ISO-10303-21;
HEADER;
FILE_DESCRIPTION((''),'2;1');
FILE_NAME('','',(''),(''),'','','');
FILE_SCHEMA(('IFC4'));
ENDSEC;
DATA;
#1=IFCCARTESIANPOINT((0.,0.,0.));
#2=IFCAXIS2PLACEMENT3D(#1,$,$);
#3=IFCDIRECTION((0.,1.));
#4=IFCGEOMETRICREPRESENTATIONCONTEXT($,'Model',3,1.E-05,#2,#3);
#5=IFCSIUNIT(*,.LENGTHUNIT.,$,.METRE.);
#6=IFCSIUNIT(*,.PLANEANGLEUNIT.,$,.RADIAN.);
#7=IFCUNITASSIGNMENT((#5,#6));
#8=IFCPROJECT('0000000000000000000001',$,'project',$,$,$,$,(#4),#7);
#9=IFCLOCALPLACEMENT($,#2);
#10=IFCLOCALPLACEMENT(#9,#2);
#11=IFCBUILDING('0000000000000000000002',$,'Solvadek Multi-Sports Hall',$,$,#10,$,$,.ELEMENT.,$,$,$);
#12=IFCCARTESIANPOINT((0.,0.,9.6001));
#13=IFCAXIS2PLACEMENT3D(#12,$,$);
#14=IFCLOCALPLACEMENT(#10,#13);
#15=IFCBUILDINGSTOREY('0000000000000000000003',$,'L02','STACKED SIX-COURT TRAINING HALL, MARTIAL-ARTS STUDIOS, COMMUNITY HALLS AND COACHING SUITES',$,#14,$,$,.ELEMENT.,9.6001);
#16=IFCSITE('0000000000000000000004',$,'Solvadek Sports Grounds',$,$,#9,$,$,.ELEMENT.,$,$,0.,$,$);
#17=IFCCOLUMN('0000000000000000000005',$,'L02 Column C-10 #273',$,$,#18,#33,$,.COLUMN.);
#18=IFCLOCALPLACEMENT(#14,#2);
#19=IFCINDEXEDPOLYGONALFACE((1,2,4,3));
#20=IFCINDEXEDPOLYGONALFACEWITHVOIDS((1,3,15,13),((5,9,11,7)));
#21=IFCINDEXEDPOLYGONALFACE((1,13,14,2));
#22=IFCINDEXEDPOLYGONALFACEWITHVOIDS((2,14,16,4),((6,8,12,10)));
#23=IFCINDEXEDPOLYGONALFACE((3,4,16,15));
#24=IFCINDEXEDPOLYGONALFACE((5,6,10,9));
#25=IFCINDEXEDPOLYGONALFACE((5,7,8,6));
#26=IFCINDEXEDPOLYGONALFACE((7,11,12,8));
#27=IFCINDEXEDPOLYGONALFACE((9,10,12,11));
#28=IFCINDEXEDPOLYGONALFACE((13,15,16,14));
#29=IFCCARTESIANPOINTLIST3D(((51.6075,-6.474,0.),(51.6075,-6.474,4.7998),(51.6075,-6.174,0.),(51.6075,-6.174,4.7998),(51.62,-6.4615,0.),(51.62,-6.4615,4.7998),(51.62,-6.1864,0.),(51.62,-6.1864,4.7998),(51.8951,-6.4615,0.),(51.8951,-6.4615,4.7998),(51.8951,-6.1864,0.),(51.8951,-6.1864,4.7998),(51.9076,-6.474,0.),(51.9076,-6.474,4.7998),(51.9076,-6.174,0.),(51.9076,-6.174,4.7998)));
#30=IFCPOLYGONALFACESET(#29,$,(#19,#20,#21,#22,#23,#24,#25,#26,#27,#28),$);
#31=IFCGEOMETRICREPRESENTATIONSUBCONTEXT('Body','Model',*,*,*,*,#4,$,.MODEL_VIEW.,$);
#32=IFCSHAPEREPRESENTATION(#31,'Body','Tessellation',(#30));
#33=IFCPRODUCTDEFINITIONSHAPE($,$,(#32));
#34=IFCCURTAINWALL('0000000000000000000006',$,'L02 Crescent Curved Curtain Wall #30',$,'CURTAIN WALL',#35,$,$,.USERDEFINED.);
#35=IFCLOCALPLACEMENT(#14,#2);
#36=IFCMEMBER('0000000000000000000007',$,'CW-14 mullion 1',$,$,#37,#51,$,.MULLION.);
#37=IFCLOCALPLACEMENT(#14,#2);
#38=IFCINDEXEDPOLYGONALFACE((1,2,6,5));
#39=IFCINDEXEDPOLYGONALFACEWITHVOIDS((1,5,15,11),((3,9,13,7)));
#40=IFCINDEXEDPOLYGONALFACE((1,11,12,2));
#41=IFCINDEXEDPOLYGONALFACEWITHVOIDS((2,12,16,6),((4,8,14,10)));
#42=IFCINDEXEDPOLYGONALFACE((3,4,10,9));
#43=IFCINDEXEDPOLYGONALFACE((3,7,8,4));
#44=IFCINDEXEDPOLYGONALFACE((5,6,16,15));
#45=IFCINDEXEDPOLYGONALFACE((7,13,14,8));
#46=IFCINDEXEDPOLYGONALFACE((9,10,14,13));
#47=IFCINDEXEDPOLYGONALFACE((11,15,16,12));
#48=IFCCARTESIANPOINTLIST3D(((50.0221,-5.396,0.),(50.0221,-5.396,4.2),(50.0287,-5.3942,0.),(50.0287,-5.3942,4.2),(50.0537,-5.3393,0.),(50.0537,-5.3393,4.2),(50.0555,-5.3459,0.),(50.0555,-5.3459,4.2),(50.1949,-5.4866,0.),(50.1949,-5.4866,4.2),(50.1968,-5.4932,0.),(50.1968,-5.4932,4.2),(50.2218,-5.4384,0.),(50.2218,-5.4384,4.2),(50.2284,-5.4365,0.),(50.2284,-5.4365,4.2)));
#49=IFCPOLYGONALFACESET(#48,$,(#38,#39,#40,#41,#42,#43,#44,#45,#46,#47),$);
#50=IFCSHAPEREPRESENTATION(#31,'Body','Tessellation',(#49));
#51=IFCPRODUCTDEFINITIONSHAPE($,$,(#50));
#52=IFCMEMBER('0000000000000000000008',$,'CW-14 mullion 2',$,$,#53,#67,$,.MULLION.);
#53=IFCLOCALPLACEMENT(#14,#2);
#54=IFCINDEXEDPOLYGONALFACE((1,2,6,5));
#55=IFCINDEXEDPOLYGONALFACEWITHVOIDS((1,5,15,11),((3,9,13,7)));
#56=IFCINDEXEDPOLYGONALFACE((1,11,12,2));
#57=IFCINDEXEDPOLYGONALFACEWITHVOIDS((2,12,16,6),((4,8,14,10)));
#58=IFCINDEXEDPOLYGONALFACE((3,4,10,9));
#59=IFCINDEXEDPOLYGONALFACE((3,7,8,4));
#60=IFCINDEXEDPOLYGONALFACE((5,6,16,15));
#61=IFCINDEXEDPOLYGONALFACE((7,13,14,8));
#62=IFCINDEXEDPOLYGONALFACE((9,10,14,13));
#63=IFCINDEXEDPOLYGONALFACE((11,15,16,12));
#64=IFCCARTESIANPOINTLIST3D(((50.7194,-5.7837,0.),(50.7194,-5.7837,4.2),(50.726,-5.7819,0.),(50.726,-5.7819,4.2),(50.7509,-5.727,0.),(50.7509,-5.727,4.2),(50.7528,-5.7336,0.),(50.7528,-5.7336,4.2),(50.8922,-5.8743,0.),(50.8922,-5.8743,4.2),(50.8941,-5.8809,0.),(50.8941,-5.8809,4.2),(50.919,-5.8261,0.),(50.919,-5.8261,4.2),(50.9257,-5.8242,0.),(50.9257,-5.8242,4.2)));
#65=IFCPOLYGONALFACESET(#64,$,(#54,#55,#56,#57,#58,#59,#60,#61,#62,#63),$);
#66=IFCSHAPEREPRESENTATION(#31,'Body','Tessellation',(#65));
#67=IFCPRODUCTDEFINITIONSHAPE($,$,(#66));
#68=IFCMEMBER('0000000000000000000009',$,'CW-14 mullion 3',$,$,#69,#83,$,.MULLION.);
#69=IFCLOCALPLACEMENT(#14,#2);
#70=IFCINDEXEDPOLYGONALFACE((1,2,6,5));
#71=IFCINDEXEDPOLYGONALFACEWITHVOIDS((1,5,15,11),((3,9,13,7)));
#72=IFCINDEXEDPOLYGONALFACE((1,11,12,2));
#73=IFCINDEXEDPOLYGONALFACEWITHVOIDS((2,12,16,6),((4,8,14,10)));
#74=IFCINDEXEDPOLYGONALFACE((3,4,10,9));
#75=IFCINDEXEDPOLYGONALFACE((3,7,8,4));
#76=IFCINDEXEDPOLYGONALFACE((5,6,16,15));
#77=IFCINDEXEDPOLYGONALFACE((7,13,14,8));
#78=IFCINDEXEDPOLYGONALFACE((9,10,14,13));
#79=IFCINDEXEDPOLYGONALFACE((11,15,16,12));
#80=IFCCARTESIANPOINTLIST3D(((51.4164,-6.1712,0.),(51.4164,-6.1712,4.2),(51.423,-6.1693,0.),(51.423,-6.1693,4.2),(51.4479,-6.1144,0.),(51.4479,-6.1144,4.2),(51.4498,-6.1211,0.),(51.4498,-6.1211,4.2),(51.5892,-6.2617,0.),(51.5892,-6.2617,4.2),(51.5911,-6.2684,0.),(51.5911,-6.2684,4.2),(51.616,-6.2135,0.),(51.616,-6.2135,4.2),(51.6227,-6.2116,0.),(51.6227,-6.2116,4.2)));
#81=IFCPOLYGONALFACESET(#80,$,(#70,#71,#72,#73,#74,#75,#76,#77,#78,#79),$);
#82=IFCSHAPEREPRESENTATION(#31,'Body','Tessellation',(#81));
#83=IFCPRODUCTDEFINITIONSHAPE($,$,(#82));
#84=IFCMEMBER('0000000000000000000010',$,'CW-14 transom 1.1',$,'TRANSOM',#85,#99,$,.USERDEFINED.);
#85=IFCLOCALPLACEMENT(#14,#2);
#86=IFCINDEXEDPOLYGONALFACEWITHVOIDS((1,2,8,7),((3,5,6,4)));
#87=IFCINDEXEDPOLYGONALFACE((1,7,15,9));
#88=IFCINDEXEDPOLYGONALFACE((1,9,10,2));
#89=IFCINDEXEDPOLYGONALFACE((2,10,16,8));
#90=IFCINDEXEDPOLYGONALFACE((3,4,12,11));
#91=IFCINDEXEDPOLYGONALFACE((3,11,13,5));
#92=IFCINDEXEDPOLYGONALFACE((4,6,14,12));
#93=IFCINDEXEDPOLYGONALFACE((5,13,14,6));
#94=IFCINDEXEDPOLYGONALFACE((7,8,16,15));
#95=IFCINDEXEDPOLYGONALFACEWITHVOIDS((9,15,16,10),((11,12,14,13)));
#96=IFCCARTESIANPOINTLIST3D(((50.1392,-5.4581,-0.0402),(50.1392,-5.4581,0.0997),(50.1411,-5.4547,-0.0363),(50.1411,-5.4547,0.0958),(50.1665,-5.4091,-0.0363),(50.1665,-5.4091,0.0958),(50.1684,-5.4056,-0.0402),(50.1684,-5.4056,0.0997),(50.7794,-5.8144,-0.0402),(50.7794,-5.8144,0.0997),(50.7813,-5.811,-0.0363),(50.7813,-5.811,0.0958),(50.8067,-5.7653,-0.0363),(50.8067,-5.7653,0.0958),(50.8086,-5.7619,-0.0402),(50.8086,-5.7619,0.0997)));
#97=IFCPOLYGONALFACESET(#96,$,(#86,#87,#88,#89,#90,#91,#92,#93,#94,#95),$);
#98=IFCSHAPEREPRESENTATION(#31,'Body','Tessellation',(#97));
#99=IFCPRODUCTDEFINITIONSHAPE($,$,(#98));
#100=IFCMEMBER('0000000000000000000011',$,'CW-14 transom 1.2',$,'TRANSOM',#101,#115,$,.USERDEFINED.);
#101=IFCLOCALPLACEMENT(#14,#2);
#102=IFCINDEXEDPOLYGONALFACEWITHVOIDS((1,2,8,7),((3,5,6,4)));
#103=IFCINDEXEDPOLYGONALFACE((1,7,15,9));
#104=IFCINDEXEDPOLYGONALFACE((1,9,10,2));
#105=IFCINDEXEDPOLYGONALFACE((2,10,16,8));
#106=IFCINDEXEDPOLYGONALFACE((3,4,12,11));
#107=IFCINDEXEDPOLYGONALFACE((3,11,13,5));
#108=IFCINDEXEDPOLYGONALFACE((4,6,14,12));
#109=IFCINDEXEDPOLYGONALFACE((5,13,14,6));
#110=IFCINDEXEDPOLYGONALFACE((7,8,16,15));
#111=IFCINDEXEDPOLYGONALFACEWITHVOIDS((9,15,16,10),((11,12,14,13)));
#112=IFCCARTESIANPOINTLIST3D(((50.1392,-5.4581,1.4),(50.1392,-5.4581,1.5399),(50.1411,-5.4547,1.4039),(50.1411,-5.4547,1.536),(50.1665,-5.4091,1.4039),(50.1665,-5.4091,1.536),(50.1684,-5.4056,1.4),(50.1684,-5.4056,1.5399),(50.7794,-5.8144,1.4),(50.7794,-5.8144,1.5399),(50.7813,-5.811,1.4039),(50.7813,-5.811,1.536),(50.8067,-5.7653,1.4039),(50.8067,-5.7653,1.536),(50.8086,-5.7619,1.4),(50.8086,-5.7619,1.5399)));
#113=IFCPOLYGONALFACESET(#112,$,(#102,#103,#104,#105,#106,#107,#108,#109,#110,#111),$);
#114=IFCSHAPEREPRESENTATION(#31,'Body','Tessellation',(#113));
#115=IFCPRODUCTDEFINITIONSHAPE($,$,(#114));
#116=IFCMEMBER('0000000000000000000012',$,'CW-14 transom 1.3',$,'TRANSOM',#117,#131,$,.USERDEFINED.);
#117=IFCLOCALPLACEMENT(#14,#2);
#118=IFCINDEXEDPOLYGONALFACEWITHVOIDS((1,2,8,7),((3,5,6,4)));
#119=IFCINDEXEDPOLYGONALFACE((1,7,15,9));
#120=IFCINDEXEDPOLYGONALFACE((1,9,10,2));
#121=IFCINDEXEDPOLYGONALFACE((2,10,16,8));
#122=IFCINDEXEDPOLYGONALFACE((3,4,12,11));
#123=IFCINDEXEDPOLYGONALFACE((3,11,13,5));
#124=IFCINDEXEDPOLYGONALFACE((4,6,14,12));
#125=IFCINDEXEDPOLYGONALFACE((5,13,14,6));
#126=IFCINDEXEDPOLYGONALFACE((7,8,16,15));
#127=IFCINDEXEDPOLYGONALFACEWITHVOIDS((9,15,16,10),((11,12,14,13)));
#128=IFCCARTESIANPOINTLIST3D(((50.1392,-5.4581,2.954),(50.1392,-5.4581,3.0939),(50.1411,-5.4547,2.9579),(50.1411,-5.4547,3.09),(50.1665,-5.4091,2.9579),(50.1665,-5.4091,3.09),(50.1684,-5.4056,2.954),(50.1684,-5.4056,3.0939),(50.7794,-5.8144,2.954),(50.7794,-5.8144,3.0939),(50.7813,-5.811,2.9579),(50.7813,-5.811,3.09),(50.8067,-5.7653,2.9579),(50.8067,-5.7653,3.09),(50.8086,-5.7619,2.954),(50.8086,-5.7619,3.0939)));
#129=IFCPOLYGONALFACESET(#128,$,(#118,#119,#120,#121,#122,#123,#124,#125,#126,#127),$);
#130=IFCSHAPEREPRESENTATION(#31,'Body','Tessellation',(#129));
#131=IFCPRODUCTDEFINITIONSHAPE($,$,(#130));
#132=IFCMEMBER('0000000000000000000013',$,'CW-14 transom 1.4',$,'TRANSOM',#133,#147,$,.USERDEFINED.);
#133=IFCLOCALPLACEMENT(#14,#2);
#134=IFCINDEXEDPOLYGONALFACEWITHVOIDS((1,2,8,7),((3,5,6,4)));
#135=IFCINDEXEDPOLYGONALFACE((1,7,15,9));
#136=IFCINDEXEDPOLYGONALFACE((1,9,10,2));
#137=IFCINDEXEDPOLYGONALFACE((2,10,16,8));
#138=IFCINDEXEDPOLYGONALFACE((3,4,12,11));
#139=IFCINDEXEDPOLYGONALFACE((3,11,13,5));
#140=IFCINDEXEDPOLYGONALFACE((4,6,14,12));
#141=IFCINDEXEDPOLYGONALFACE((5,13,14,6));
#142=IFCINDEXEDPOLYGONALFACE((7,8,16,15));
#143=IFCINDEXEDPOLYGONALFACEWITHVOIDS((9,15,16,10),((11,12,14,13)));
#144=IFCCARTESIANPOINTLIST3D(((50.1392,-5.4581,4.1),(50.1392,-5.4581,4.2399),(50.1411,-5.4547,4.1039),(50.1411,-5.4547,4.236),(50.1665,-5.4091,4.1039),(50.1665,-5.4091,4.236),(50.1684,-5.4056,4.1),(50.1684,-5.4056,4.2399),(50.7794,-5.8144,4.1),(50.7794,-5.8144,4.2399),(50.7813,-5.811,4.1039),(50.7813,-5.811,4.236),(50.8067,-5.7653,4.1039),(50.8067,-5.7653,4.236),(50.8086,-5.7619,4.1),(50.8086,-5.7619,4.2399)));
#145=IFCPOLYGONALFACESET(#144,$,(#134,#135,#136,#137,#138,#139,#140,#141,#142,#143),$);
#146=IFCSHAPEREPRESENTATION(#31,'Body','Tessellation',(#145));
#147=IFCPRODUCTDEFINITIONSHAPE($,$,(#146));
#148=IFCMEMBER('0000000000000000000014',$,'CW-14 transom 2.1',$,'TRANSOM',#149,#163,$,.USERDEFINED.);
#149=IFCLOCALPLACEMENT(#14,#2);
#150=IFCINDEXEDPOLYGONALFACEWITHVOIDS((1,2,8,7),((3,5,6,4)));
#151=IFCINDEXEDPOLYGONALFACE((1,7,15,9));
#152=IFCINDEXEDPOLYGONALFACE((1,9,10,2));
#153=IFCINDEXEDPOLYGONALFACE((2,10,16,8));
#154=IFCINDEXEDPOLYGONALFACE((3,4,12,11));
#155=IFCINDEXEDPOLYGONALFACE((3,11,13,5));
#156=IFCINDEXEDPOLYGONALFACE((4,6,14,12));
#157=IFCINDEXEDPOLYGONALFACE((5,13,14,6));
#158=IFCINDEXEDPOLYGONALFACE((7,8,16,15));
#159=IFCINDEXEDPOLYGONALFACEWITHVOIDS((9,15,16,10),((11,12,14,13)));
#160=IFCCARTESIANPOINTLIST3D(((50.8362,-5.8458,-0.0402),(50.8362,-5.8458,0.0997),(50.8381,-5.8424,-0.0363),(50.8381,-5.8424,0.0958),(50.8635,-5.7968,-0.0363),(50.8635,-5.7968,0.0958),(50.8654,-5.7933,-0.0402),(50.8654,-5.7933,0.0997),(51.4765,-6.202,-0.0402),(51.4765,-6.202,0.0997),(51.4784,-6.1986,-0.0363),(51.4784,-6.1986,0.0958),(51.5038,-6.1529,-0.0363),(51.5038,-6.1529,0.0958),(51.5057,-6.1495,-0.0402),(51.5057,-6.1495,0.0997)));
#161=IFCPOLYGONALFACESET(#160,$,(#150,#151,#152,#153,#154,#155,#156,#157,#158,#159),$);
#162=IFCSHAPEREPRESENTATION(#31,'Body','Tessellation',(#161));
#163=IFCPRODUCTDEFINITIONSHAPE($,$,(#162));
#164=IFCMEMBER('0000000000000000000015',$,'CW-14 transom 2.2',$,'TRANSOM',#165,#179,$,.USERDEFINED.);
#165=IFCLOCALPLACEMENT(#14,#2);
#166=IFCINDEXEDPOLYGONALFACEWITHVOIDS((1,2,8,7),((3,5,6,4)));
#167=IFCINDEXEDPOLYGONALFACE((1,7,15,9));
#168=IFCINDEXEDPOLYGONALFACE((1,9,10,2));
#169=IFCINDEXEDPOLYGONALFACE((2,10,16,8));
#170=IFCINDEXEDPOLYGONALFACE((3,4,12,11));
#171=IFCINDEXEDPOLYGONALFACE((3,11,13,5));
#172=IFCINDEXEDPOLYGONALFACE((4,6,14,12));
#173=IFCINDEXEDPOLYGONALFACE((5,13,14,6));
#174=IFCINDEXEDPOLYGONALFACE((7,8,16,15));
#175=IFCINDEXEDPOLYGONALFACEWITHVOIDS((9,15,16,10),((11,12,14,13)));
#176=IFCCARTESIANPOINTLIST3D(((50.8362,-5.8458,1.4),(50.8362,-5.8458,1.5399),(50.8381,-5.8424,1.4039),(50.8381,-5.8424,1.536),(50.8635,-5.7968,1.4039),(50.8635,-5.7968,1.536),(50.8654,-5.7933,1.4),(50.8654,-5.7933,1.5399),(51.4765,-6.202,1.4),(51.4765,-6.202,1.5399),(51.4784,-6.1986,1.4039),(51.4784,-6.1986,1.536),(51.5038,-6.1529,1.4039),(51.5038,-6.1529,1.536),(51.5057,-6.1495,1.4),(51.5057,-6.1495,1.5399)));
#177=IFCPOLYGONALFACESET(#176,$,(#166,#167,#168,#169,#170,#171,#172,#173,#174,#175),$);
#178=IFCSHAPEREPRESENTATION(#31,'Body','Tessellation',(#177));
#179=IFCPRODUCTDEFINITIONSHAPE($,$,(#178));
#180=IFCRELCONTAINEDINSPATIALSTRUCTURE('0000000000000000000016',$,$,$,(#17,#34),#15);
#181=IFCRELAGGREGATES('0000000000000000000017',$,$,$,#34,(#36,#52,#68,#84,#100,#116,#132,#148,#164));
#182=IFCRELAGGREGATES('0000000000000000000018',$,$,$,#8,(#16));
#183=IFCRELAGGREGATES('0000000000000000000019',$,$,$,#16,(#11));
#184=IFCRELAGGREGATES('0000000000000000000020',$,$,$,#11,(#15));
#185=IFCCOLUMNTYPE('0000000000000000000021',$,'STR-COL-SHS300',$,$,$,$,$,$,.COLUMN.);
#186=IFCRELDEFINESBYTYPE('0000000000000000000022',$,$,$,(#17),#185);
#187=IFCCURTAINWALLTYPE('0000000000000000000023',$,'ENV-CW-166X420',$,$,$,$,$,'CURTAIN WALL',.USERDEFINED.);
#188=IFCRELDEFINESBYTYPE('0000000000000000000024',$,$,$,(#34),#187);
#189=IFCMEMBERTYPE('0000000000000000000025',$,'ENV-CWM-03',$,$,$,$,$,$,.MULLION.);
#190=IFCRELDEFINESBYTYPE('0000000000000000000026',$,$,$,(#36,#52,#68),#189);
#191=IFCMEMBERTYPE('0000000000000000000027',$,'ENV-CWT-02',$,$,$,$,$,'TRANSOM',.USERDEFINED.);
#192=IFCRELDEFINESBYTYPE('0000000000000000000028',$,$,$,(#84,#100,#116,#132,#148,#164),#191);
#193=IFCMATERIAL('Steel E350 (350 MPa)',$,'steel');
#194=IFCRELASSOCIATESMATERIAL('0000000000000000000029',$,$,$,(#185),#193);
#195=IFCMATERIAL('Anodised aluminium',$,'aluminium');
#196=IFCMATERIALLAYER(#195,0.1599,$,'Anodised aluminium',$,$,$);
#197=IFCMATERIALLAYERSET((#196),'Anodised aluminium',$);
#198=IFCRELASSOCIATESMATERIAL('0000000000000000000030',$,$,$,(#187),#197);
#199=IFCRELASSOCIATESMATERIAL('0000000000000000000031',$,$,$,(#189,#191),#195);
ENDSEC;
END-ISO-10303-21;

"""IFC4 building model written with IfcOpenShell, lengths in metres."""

from ifc_helpers import new_model, si_unit, direction, frame, origin, origin_2d, place, context, subcontext, project, spatial, hollow_rectangle, extrude, material, layer, layer_set, material_profile, profile_set, type_object, element, aggregate, save


model = new_model("IFC4")

# Units and contexts
model_context = context("Model", 3, precision=1e-05, world=origin(), true_north=direction((0.0, 1.0)))
body_context = subcontext(model_context, "Body", "Model", "MODEL_VIEW")
ifc_project = project(units=[si_unit("LENGTHUNIT", "METRE"), si_unit("PLANEANGLEUNIT", "RADIAN")], contexts=[model_context])

# Site, building, storey
site_placement = place(None, origin())
site = spatial("IfcSite", under=ifc_project, at=site_placement, Name="Solvadek Sports Grounds", CompositionType="ELEMENT", RefElevation=0.0)
building_placement = place(site_placement, origin())
building = spatial("IfcBuilding", under=site, at=building_placement, Name="Solvadek Multi-Sports Hall", CompositionType="ELEMENT")
storey_placement = place(building_placement, frame((0.0, 0.0, 9.6001)))
storey = spatial("IfcBuildingStorey", under=building, at=storey_placement, Name="L02", Description="STACKED SIX-COURT TRAINING HALL, MARTIAL-ARTS STUDIOS, COMMUNITY HALLS AND COACHING SUITES", CompositionType="ELEMENT", Elevation=9.6001)

# Column
ifc_material_1 = material(Name="Steel E350 (350 MPa)", Category="steel")
ifc_material_profile_1 = material_profile(ifc_material_1, hollow_rectangle(XDim=0.3, YDim=0.3, WallThickness=0.0125, at=origin_2d()), Name="SHS 300x300x12.5")
ifc_profile_set_1 = profile_set([ifc_material_profile_1], Name="Steel E350 (350 MPa)")
column_type = type_object("IfcColumnType", Name="STR-COL-SHS300", PredefinedType="COLUMN", material=ifc_profile_set_1)
column_placement = place(storey_placement, frame((51.7576, -6.324, 0.0), z_axis=(0.0, 0.0, 1.0), x_axis=(1.0, 0.0, 0.0)))
element("IfcColumn", 1, at=column_placement, inside=storey, type_object=column_type, Name="L02 Column C-10 #273", PredefinedType="COLUMN", context=body_context, shape_type="SweptSolid", body=[
    extrude(hollow_rectangle(XDim=0.3, YDim=0.3, WallThickness=0.0125, at=origin_2d()), origin(), (0.0, 0.0, 1.0), 4.7998),
])

# Curtain wall, members
ifc_material_2 = material(Name="Anodised aluminium", Category="aluminium")
ifc_layer_1 = layer(ifc_material_2, 0.1599, Name="Anodised aluminium")
ifc_layer_set_1 = layer_set([ifc_layer_1], Name="Anodised aluminium")
curtain_wall_type = type_object("IfcCurtainWallType", Name="ENV-CW-166X420", ElementType="CURTAIN WALL", PredefinedType="USERDEFINED", material=ifc_layer_set_1)
curtain_wall_placement = place(storey_placement, origin())
curtain_wall = element("IfcCurtainWall", 2, at=curtain_wall_placement, inside=storey, type_object=curtain_wall_type, Name="L02 Crescent Curved Curtain Wall #30", ObjectType="CURTAIN WALL", PredefinedType="USERDEFINED")
ifc_material_profile_2 = material_profile(ifc_material_2, hollow_rectangle(XDim=0.0649, YDim=0.2, WallThickness=0.0049, at=origin_2d()), Name="ALU-M 200x65x5")
ifc_profile_set_2 = profile_set([ifc_material_profile_2], Name="Anodised aluminium")
member_type_1 = type_object("IfcMemberType", Name="ENV-CWM-03", PredefinedType="MULLION", material=ifc_profile_set_2)
member_1_placement = place(storey_placement, frame((50.1252, -5.4163, 0.0), z_axis=(0.0, 0.0, 1.0), x_axis=(0.486006, 0.873955, 0.0)))
member_1 = element("IfcMember", 3, at=member_1_placement, type_object=member_type_1, Name="CW-14 mullion 1", PredefinedType="MULLION", context=body_context, shape_type="SweptSolid", body=[
    extrude(hollow_rectangle(XDim=0.0649, YDim=0.2, WallThickness=0.0049, at=origin_2d()), origin(), (0.0, 0.0, 1.0), 4.2),
])
member_2_placement = place(storey_placement, frame((50.8225, -5.804, 0.0), z_axis=(0.0, 0.0, 1.0), x_axis=(0.486006, 0.873955, 0.0)))
member_2 = element("IfcMember", 4, at=member_2_placement, type_object=member_type_1, Name="CW-14 mullion 2", PredefinedType="MULLION", context=body_context, shape_type="SweptSolid", body=[
    extrude(hollow_rectangle(XDim=0.0649, YDim=0.2, WallThickness=0.0049, at=origin_2d()), origin(), (0.0, 0.0, 1.0), 4.2),
])
member_3_placement = place(storey_placement, frame((51.5195, -6.1914, 0.0), z_axis=(0.0, 0.0, 1.0), x_axis=(0.486006, 0.873955, 0.0)))
member_3 = element("IfcMember", 5, at=member_3_placement, type_object=member_type_1, Name="CW-14 mullion 3", PredefinedType="MULLION", context=body_context, shape_type="SweptSolid", body=[
    extrude(hollow_rectangle(XDim=0.0649, YDim=0.2, WallThickness=0.0049, at=origin_2d()), origin(), (0.0, 0.0, 1.0), 4.2),
])
ifc_material_profile_3 = material_profile(ifc_material_2, hollow_rectangle(XDim=0.0601, YDim=0.1399, WallThickness=0.0039, at=origin_2d()), Name="ALU-T 140x60x4")
ifc_profile_set_3 = profile_set([ifc_material_profile_3], Name="Anodised aluminium")
member_type_2 = type_object("IfcMemberType", Name="ENV-CWT-02", ElementType="TRANSOM", PredefinedType="USERDEFINED", material=ifc_profile_set_3)
member_4_placement = place(storey_placement, frame((50.1538, -5.4319, 0.0298), z_axis=(0.873827, -0.486237, 0.0), x_axis=(0.486237, 0.873827, 0.0)))
member_4 = element("IfcMember", 6, at=member_4_placement, type_object=member_type_2, Name="CW-14 transom 1.1", ObjectType="TRANSOM", PredefinedType="USERDEFINED", context=body_context, shape_type="SweptSolid", body=[
    extrude(hollow_rectangle(XDim=0.0601, YDim=0.1399, WallThickness=0.0039, at=origin_2d()), origin(), (0.0, 0.0, 1.0), 0.7327),
])
member_5_placement = place(storey_placement, frame((50.1538, -5.4319, 1.47), z_axis=(0.873827, -0.486237, 0.0), x_axis=(0.486237, 0.873827, 0.0)))
member_5 = element("IfcMember", 7, at=member_5_placement, type_object=member_type_2, Name="CW-14 transom 1.2", ObjectType="TRANSOM", PredefinedType="USERDEFINED", context=body_context, shape_type="SweptSolid", body=[
    extrude(hollow_rectangle(XDim=0.0601, YDim=0.1399, WallThickness=0.0039, at=origin_2d()), origin(), (0.0, 0.0, 1.0), 0.7327),
])
member_6_placement = place(storey_placement, frame((50.1538, -5.4319, 3.0239), z_axis=(0.873827, -0.486237, 0.0), x_axis=(0.486237, 0.873827, 0.0)))
member_6 = element("IfcMember", 8, at=member_6_placement, type_object=member_type_2, Name="CW-14 transom 1.3", ObjectType="TRANSOM", PredefinedType="USERDEFINED", context=body_context, shape_type="SweptSolid", body=[
    extrude(hollow_rectangle(XDim=0.0601, YDim=0.1399, WallThickness=0.0039, at=origin_2d()), origin(), (0.0, 0.0, 1.0), 0.7327),
])
member_7_placement = place(storey_placement, frame((50.1538, -5.4319, 4.1699), z_axis=(0.873827, -0.486237, 0.0), x_axis=(0.486237, 0.873827, 0.0)))
member_7 = element("IfcMember", 9, at=member_7_placement, type_object=member_type_2, Name="CW-14 transom 1.4", ObjectType="TRANSOM", PredefinedType="USERDEFINED", context=body_context, shape_type="SweptSolid", body=[
    extrude(hollow_rectangle(XDim=0.0601, YDim=0.1399, WallThickness=0.0039, at=origin_2d()), origin(), (0.0, 0.0, 1.0), 0.7327),
])
member_8_placement = place(storey_placement, frame((50.8508, -5.8196, 0.0298), z_axis=(0.873906, -0.486095, 0.0), x_axis=(0.486095, 0.873906, 0.0)))
member_8 = element("IfcMember", 10, at=member_8_placement, type_object=member_type_2, Name="CW-14 transom 2.1", ObjectType="TRANSOM", PredefinedType="USERDEFINED", context=body_context, shape_type="SweptSolid", body=[
    extrude(hollow_rectangle(XDim=0.0601, YDim=0.1399, WallThickness=0.0039, at=origin_2d()), origin(), (0.0, 0.0, 1.0), 0.7327),
])
member_9_placement = place(storey_placement, frame((50.8508, -5.8196, 1.47), z_axis=(0.873906, -0.486095, 0.0), x_axis=(0.486095, 0.873906, 0.0)))
member_9 = element("IfcMember", 11, at=member_9_placement, type_object=member_type_2, Name="CW-14 transom 2.2", ObjectType="TRANSOM", PredefinedType="USERDEFINED", context=body_context, shape_type="SweptSolid", body=[
    extrude(hollow_rectangle(XDim=0.0601, YDim=0.1399, WallThickness=0.0039, at=origin_2d()), origin(), (0.0, 0.0, 1.0), 0.7327),
])

aggregate(curtain_wall, [member_1, member_2, member_3, member_4, member_5, member_6, member_7, member_8, member_9])

save(model, "model.ifc")
